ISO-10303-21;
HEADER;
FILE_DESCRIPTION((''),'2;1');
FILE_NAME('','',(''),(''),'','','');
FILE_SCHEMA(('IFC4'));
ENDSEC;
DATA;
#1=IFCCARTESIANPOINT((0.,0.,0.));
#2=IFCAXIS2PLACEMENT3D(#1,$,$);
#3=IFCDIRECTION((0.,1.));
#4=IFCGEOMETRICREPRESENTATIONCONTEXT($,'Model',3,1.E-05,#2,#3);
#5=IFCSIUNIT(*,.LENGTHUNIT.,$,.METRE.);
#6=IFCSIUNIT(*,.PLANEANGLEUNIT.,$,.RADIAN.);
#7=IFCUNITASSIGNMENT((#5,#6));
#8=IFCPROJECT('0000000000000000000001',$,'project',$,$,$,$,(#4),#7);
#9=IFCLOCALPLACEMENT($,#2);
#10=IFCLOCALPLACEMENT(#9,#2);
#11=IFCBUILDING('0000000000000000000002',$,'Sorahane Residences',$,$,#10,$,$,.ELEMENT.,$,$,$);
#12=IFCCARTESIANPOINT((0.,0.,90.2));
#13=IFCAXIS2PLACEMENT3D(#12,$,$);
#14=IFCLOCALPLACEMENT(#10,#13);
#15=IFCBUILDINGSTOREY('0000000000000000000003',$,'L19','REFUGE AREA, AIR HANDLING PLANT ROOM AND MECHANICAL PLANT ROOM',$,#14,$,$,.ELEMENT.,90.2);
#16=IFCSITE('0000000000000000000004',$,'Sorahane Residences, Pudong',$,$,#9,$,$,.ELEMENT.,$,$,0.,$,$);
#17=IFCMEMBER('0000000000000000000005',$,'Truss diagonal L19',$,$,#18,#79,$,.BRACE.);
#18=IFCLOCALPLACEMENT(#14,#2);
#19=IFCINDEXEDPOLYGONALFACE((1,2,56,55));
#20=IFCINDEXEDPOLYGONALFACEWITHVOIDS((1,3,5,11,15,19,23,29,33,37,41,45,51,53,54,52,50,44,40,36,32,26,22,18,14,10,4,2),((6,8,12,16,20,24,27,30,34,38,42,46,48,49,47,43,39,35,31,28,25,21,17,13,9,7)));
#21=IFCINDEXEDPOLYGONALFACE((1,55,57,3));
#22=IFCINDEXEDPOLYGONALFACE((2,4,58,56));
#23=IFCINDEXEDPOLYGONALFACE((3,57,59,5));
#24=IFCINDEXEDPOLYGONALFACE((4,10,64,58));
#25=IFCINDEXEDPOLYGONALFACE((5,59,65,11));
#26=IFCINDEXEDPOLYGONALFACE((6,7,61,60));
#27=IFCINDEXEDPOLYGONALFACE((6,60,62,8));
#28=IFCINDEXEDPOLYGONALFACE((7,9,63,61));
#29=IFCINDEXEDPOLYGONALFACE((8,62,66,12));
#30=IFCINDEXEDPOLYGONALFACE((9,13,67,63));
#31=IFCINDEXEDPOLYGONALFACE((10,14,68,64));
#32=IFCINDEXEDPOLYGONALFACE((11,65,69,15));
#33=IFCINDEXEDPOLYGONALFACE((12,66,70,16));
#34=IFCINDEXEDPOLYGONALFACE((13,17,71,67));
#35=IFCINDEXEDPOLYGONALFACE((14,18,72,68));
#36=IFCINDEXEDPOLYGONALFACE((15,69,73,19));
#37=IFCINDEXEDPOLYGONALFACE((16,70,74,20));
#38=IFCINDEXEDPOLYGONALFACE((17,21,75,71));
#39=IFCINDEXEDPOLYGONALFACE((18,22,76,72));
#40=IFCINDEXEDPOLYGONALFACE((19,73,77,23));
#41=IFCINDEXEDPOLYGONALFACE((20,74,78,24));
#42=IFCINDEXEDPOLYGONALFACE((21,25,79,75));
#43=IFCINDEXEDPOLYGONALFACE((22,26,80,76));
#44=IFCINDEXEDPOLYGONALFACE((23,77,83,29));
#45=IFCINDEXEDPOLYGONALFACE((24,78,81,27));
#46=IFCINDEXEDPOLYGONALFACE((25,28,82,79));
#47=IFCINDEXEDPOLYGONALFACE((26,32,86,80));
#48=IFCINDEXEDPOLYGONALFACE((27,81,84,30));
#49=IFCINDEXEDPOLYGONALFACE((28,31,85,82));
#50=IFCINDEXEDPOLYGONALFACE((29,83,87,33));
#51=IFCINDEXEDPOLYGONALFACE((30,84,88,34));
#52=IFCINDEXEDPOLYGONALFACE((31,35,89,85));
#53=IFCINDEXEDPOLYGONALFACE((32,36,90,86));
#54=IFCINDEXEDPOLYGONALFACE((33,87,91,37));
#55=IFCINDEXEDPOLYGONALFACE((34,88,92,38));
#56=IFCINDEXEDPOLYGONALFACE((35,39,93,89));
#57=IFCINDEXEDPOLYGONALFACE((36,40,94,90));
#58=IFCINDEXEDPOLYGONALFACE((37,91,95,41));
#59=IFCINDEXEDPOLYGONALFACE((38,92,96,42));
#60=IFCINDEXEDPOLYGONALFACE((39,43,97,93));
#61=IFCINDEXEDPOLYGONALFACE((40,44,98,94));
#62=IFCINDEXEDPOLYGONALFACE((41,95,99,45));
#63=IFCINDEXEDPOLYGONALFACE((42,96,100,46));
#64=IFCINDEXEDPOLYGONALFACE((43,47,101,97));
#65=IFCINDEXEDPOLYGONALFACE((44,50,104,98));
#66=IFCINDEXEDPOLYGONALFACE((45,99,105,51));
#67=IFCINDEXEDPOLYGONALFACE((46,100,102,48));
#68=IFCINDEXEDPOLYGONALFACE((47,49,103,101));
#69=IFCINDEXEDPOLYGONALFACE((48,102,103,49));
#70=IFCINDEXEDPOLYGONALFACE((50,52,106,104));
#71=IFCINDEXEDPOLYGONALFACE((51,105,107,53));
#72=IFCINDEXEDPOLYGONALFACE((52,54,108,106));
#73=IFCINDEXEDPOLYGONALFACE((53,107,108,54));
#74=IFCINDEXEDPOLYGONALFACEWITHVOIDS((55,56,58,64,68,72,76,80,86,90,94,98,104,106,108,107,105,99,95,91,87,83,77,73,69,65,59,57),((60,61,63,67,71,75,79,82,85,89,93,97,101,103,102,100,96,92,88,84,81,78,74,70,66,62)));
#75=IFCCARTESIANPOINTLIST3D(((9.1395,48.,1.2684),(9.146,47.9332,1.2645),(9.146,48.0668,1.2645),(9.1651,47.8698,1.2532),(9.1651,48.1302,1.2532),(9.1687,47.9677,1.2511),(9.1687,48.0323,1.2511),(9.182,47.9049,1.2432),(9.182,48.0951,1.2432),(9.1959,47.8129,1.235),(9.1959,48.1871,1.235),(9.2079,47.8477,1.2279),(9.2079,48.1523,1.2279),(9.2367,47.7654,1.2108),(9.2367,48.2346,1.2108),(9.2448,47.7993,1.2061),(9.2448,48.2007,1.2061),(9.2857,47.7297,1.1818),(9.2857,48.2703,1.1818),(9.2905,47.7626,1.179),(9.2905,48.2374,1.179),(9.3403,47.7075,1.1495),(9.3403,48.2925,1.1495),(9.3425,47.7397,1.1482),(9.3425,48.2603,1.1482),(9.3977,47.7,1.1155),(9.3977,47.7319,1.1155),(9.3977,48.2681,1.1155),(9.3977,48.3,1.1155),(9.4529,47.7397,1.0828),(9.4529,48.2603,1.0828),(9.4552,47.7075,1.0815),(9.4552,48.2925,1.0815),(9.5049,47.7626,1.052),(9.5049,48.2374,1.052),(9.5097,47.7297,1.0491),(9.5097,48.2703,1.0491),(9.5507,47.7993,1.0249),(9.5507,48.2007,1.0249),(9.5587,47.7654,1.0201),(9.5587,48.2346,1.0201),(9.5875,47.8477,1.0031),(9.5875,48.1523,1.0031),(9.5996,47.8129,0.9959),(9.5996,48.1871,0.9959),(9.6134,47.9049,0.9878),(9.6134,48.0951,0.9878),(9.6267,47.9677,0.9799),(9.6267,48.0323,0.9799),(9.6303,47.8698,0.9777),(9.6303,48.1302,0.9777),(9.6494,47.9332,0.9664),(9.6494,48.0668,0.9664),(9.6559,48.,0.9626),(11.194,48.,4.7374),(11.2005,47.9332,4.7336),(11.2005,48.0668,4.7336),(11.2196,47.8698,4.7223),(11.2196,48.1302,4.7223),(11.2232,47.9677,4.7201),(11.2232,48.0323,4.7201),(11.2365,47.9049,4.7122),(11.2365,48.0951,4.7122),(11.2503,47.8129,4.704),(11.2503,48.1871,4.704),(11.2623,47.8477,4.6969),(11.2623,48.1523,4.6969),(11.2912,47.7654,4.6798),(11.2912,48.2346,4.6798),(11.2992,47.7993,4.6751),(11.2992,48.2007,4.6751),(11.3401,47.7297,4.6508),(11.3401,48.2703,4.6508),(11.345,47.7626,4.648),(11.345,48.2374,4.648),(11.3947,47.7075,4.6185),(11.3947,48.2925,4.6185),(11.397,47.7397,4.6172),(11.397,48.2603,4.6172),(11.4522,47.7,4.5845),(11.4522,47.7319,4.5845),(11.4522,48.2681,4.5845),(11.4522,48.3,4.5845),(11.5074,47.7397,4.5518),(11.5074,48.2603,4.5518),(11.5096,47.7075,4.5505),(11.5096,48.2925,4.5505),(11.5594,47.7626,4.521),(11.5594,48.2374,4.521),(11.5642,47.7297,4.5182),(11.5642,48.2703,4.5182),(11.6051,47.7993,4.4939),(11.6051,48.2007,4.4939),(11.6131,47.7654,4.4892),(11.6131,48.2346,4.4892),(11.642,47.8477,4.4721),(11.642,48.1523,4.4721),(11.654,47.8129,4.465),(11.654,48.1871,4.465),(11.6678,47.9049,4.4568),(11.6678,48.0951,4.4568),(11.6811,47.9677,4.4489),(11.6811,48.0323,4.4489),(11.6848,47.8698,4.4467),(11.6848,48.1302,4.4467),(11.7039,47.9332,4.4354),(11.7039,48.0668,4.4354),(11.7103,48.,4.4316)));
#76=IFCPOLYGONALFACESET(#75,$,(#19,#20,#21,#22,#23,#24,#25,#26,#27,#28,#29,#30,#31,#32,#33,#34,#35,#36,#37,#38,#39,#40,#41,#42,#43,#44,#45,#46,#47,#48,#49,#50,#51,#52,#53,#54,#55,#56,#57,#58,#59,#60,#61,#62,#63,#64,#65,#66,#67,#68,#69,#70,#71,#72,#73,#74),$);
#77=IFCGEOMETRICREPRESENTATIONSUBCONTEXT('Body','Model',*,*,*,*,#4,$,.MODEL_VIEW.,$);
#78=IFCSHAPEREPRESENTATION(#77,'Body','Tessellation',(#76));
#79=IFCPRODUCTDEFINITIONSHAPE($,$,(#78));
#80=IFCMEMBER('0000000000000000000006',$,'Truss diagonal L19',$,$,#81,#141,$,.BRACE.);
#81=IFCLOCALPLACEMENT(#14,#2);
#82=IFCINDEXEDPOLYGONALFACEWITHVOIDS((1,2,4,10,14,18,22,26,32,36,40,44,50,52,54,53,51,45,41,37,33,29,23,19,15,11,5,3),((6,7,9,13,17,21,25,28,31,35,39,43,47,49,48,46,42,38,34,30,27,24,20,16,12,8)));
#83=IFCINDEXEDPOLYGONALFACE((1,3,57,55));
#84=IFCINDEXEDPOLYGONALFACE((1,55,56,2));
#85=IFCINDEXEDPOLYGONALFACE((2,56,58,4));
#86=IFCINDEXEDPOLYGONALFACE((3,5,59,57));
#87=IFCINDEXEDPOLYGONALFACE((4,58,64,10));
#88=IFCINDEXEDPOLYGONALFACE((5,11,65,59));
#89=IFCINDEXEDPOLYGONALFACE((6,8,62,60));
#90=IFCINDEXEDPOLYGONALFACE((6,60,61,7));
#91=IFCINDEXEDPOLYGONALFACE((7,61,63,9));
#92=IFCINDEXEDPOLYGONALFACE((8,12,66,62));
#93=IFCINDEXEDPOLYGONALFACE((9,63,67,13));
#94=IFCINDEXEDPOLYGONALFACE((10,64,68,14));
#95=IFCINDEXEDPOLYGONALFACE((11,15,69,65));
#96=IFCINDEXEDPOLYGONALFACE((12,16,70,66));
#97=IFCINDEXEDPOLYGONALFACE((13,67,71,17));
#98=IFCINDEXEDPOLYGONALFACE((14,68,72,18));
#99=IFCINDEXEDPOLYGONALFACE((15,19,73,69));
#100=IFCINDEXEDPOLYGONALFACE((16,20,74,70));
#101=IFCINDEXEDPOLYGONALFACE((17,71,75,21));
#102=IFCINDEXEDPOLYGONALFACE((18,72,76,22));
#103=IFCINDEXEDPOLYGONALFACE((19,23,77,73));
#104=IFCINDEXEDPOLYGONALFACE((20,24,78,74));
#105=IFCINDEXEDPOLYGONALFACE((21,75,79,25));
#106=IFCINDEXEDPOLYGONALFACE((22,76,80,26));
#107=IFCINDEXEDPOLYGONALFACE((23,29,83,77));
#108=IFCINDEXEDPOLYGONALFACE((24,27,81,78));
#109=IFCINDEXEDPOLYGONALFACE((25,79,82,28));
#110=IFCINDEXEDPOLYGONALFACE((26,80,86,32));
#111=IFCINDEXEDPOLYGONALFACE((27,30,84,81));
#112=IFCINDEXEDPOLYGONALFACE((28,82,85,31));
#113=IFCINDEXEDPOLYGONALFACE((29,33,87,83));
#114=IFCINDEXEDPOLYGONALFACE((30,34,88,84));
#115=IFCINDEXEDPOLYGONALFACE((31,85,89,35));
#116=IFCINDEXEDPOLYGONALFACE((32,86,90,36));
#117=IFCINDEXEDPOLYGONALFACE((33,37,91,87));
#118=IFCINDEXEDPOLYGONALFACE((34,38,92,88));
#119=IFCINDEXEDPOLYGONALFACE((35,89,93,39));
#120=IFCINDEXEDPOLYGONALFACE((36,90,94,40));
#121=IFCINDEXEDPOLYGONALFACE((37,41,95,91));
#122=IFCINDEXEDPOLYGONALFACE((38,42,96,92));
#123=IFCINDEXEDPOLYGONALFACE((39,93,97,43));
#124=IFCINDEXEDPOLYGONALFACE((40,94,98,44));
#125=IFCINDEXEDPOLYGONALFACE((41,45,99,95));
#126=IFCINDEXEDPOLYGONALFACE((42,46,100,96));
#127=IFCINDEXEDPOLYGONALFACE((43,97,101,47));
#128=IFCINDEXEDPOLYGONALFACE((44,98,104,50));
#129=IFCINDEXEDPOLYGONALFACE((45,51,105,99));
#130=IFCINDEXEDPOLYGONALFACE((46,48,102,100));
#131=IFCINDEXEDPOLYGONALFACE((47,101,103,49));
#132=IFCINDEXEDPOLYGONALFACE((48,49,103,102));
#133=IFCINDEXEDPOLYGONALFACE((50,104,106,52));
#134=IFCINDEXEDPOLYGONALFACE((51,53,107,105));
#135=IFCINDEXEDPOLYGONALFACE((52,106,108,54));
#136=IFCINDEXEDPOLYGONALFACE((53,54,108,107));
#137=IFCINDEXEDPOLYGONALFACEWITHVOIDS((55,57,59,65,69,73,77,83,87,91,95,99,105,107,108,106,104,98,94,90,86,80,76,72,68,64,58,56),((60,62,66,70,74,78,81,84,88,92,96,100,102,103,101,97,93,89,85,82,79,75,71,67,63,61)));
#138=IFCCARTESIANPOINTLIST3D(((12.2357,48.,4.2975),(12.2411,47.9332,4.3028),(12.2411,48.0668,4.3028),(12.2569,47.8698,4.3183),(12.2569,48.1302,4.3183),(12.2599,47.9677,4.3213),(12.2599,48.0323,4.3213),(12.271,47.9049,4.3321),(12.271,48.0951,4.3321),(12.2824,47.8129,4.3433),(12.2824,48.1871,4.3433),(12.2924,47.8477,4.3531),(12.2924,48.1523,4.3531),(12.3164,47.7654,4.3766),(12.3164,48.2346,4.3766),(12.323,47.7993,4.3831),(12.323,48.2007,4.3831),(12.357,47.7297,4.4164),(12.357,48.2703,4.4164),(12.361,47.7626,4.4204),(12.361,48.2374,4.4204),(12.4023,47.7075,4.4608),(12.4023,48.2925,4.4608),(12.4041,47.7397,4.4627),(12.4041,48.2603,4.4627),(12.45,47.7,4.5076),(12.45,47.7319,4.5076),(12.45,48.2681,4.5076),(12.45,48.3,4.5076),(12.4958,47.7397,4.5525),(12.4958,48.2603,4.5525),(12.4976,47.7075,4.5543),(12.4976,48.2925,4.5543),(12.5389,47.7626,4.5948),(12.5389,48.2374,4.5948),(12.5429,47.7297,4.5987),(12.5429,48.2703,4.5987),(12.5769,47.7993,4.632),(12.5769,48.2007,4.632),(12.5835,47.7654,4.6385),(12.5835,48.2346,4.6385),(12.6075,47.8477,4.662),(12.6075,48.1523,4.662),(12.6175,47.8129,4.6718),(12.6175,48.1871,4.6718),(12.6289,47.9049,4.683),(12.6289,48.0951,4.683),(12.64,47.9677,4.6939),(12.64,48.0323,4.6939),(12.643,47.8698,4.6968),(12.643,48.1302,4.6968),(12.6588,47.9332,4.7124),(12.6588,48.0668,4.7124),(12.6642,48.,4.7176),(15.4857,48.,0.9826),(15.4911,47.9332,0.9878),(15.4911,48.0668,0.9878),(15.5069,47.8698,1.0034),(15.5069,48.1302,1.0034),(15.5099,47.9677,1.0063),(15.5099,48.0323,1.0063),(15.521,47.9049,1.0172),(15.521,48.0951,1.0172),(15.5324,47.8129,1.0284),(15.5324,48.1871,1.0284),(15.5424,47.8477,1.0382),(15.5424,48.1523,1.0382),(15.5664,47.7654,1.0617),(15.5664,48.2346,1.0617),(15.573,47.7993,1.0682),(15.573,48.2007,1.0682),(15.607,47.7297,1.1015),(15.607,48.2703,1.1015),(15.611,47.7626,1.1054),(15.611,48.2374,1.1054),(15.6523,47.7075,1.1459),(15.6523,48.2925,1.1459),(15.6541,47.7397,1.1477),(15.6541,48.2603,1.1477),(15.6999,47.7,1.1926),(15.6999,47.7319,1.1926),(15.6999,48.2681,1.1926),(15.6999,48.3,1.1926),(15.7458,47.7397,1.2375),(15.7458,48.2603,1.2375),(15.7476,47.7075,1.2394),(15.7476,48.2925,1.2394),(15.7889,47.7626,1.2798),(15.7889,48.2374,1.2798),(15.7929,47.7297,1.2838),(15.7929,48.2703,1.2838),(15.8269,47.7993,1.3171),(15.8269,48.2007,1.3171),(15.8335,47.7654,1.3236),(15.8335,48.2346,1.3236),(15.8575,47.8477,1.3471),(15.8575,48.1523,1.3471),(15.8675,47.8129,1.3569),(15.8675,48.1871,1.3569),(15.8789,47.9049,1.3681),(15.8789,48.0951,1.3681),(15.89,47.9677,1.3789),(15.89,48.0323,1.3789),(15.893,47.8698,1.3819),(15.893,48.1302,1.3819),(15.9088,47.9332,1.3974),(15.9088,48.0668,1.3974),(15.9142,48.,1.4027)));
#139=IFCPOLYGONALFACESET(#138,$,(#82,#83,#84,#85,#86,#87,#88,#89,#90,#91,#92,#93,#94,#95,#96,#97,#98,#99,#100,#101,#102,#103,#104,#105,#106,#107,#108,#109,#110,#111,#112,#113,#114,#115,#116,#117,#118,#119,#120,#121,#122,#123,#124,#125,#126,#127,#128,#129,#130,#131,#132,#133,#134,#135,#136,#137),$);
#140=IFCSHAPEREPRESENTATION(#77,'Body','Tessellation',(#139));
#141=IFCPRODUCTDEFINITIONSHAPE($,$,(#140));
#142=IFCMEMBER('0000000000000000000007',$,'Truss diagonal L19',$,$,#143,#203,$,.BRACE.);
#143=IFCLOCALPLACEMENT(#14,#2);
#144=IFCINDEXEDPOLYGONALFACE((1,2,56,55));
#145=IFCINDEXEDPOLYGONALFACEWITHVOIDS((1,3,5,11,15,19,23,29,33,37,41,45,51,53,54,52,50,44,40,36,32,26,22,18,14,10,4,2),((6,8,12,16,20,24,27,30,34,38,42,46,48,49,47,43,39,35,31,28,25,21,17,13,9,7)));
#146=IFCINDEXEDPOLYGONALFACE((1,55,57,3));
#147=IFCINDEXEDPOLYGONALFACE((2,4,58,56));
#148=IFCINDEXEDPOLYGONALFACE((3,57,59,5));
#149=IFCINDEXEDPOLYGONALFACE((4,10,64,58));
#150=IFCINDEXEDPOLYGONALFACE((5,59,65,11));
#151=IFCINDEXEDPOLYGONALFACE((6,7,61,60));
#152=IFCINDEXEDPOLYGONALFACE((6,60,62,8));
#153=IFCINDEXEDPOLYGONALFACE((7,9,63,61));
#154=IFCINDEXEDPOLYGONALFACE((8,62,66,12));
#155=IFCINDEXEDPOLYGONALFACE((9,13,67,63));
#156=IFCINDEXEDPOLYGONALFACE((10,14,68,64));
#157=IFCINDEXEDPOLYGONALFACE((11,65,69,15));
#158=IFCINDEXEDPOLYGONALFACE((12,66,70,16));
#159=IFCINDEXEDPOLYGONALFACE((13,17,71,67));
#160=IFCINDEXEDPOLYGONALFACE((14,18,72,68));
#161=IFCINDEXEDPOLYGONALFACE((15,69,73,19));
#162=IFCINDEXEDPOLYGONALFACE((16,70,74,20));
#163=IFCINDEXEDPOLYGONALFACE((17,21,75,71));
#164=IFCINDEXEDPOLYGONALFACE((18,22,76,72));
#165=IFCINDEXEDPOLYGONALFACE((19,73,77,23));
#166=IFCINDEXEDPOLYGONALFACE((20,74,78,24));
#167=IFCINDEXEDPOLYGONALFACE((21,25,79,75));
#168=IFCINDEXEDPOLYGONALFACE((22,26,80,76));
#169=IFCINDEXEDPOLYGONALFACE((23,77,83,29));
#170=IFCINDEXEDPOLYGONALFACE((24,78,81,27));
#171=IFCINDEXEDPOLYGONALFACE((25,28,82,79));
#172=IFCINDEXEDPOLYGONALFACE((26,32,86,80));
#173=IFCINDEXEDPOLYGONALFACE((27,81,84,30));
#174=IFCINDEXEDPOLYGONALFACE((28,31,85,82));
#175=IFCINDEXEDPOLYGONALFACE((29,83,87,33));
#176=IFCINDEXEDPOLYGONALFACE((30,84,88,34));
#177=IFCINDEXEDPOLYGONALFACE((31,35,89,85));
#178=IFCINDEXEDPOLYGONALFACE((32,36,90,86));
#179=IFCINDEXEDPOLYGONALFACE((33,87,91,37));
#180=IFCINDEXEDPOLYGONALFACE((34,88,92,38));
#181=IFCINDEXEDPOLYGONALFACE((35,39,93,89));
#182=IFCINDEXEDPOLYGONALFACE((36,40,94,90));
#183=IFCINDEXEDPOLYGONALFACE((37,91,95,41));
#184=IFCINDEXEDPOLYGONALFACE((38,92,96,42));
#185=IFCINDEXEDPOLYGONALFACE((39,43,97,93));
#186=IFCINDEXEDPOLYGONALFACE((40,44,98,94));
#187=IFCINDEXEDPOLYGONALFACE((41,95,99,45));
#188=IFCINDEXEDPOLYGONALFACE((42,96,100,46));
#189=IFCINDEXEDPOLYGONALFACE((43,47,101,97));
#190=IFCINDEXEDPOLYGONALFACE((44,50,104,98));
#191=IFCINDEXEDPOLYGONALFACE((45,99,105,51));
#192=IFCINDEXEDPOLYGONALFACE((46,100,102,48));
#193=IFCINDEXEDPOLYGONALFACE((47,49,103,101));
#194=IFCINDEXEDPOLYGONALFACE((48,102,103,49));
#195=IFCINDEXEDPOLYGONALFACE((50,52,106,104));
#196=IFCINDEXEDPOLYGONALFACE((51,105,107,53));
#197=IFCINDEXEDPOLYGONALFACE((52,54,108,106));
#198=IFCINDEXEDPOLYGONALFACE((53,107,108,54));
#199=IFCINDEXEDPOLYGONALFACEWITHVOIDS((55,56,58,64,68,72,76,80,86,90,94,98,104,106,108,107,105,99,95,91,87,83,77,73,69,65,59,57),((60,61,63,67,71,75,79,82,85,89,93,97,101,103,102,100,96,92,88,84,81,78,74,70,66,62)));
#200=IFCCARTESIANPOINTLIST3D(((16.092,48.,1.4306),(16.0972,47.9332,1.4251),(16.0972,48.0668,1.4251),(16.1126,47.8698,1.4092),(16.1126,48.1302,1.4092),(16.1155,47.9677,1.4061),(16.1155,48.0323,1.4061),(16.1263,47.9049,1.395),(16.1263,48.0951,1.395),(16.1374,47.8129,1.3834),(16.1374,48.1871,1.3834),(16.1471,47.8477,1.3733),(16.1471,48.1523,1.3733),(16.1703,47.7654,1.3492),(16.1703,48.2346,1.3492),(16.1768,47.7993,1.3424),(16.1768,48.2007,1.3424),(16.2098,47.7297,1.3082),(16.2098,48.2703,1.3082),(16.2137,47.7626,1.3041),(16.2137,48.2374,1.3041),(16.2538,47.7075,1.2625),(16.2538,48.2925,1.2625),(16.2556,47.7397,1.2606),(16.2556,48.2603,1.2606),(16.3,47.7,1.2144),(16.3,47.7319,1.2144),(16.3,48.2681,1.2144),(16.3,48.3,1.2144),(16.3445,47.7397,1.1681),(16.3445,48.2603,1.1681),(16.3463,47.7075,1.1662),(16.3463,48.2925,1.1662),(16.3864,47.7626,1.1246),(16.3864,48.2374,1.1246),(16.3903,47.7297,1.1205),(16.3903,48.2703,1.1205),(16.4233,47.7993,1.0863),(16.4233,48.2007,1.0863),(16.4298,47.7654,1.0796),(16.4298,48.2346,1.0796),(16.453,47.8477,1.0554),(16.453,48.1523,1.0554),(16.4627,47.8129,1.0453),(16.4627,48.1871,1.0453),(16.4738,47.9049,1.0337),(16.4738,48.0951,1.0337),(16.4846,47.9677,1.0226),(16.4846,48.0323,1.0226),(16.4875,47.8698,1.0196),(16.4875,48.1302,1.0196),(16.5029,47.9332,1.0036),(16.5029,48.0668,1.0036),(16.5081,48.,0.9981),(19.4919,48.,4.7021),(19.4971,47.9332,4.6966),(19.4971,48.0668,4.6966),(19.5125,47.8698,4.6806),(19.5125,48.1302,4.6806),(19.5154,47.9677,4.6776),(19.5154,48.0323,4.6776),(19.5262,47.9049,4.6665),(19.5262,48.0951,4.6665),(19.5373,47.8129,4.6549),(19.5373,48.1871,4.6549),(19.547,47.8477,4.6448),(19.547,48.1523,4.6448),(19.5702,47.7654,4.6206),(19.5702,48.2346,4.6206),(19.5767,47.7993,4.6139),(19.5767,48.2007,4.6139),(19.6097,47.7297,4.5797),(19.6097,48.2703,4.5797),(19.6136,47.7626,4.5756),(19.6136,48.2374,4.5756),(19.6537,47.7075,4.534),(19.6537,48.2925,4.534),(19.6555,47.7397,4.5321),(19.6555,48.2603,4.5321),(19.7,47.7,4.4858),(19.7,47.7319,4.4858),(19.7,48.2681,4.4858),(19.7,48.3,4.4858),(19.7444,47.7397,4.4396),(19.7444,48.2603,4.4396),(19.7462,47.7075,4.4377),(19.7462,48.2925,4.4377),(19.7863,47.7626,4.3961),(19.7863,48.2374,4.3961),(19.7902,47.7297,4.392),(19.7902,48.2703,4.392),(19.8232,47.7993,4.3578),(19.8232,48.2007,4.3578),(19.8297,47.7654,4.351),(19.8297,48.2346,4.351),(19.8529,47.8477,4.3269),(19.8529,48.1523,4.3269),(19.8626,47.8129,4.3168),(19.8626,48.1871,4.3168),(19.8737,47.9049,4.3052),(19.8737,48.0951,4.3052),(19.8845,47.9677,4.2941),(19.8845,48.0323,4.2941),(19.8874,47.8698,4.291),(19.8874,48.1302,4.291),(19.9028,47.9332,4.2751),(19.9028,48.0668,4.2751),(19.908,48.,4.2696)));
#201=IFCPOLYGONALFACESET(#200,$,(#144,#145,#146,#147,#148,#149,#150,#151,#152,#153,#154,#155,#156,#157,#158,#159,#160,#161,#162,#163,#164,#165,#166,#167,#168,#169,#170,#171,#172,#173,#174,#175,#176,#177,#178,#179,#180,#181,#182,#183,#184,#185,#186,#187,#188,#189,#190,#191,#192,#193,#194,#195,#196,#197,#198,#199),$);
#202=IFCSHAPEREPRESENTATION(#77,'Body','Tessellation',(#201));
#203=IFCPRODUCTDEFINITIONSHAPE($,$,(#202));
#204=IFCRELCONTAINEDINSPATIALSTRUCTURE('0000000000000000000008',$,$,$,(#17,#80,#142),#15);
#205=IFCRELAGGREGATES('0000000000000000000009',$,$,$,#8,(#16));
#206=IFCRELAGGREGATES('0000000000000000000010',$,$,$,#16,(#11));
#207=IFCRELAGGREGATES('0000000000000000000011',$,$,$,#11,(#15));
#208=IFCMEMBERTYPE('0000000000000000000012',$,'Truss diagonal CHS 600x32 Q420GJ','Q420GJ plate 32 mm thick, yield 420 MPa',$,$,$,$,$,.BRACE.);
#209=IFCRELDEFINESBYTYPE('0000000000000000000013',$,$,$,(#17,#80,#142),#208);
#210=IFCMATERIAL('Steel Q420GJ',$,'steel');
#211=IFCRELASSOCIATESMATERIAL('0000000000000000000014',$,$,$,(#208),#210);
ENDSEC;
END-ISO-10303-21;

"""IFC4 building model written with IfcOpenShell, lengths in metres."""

from ifc_helpers import new_model, si_unit, direction, frame, origin, origin_2d, place, context, subcontext, project, spatial, hollow_circle, extrude, material, material_profile, profile_set, type_object, element, save


model = new_model("IFC4")

# Units and contexts
model_context = context("Model", 3, precision=1e-05, world=origin(), true_north=direction((0.0, 1.0)))
body_context = subcontext(model_context, "Body", "Model", "MODEL_VIEW")
ifc_project = project(units=[si_unit("LENGTHUNIT", "METRE"), si_unit("PLANEANGLEUNIT", "RADIAN")], contexts=[model_context])

# Site, building, storey
site_placement = place(None, origin())
site = spatial("IfcSite", under=ifc_project, at=site_placement, Name="Sorahane Residences, Pudong", CompositionType="ELEMENT", RefElevation=0.0)
building_placement = place(site_placement, origin())
building = spatial("IfcBuilding", under=site, at=building_placement, Name="Sorahane Residences", CompositionType="ELEMENT")
storey_placement = place(building_placement, frame((0.0, 0.0, 90.2)))
storey = spatial("IfcBuildingStorey", under=building, at=storey_placement, Name="L19", Description="REFUGE AREA, AIR HANDLING PLANT ROOM AND MECHANICAL PLANT ROOM", CompositionType="ELEMENT", Elevation=90.2)

# Members
ifc_material_1 = material(Name="Steel Q420GJ", Category="steel")
ifc_material_profile_1 = material_profile(ifc_material_1, hollow_circle(Radius=0.3, WallThickness=0.032, at=origin_2d()), Name="CHS 600x32")
ifc_profile_set_1 = profile_set([ifc_material_profile_1], Name="Steel Q420GJ")
member_type = type_object("IfcMemberType", Name="Truss diagonal CHS 600x32 Q420GJ", Description="Q420GJ plate 32 mm thick, yield 420 MPa", PredefinedType="BRACE", material=ifc_profile_set_1)
member_1_placement = place(storey_placement, frame((9.3977, 48.0, 1.1155), z_axis=(0.509572, 0.0, 0.860428), x_axis=(0.0, 1.0, 0.0)))
element("IfcMember", 1, at=member_1_placement, inside=storey, type_object=member_type, Name="Truss diagonal L19", PredefinedType="BRACE", context=body_context, shape_type="SweptSolid", body=[
    extrude(hollow_circle(Radius=0.3, WallThickness=0.032, at=origin_2d()), origin(), (0.0, 0.0, 1.0), 4.0317),
])
member_2_placement = place(storey_placement, frame((12.45, 48.0, 4.5076), z_axis=(0.700078, 0.0, -0.714067), x_axis=(0.0, 1.0, 0.0)))
element("IfcMember", 2, at=member_2_placement, inside=storey, type_object=member_type, Name="Truss diagonal L19", PredefinedType="BRACE", context=body_context, shape_type="SweptSolid", body=[
    extrude(hollow_circle(Radius=0.3, WallThickness=0.032, at=origin_2d()), origin(), (0.0, 0.0, 1.0), 4.6423),
])
member_3_placement = place(storey_placement, frame((16.3, 48.0, 1.2144), z_axis=(0.720584, 0.0, 0.693367), x_axis=(0.0, 1.0, 0.0)))
element("IfcMember", 3, at=member_3_placement, inside=storey, type_object=member_type, Name="Truss diagonal L19", PredefinedType="BRACE", context=body_context, shape_type="SweptSolid", body=[
    extrude(hollow_circle(Radius=0.3, WallThickness=0.032, at=origin_2d()), origin(), (0.0, 0.0, 1.0), 4.7183),
])

save(model, "model.ifc")
